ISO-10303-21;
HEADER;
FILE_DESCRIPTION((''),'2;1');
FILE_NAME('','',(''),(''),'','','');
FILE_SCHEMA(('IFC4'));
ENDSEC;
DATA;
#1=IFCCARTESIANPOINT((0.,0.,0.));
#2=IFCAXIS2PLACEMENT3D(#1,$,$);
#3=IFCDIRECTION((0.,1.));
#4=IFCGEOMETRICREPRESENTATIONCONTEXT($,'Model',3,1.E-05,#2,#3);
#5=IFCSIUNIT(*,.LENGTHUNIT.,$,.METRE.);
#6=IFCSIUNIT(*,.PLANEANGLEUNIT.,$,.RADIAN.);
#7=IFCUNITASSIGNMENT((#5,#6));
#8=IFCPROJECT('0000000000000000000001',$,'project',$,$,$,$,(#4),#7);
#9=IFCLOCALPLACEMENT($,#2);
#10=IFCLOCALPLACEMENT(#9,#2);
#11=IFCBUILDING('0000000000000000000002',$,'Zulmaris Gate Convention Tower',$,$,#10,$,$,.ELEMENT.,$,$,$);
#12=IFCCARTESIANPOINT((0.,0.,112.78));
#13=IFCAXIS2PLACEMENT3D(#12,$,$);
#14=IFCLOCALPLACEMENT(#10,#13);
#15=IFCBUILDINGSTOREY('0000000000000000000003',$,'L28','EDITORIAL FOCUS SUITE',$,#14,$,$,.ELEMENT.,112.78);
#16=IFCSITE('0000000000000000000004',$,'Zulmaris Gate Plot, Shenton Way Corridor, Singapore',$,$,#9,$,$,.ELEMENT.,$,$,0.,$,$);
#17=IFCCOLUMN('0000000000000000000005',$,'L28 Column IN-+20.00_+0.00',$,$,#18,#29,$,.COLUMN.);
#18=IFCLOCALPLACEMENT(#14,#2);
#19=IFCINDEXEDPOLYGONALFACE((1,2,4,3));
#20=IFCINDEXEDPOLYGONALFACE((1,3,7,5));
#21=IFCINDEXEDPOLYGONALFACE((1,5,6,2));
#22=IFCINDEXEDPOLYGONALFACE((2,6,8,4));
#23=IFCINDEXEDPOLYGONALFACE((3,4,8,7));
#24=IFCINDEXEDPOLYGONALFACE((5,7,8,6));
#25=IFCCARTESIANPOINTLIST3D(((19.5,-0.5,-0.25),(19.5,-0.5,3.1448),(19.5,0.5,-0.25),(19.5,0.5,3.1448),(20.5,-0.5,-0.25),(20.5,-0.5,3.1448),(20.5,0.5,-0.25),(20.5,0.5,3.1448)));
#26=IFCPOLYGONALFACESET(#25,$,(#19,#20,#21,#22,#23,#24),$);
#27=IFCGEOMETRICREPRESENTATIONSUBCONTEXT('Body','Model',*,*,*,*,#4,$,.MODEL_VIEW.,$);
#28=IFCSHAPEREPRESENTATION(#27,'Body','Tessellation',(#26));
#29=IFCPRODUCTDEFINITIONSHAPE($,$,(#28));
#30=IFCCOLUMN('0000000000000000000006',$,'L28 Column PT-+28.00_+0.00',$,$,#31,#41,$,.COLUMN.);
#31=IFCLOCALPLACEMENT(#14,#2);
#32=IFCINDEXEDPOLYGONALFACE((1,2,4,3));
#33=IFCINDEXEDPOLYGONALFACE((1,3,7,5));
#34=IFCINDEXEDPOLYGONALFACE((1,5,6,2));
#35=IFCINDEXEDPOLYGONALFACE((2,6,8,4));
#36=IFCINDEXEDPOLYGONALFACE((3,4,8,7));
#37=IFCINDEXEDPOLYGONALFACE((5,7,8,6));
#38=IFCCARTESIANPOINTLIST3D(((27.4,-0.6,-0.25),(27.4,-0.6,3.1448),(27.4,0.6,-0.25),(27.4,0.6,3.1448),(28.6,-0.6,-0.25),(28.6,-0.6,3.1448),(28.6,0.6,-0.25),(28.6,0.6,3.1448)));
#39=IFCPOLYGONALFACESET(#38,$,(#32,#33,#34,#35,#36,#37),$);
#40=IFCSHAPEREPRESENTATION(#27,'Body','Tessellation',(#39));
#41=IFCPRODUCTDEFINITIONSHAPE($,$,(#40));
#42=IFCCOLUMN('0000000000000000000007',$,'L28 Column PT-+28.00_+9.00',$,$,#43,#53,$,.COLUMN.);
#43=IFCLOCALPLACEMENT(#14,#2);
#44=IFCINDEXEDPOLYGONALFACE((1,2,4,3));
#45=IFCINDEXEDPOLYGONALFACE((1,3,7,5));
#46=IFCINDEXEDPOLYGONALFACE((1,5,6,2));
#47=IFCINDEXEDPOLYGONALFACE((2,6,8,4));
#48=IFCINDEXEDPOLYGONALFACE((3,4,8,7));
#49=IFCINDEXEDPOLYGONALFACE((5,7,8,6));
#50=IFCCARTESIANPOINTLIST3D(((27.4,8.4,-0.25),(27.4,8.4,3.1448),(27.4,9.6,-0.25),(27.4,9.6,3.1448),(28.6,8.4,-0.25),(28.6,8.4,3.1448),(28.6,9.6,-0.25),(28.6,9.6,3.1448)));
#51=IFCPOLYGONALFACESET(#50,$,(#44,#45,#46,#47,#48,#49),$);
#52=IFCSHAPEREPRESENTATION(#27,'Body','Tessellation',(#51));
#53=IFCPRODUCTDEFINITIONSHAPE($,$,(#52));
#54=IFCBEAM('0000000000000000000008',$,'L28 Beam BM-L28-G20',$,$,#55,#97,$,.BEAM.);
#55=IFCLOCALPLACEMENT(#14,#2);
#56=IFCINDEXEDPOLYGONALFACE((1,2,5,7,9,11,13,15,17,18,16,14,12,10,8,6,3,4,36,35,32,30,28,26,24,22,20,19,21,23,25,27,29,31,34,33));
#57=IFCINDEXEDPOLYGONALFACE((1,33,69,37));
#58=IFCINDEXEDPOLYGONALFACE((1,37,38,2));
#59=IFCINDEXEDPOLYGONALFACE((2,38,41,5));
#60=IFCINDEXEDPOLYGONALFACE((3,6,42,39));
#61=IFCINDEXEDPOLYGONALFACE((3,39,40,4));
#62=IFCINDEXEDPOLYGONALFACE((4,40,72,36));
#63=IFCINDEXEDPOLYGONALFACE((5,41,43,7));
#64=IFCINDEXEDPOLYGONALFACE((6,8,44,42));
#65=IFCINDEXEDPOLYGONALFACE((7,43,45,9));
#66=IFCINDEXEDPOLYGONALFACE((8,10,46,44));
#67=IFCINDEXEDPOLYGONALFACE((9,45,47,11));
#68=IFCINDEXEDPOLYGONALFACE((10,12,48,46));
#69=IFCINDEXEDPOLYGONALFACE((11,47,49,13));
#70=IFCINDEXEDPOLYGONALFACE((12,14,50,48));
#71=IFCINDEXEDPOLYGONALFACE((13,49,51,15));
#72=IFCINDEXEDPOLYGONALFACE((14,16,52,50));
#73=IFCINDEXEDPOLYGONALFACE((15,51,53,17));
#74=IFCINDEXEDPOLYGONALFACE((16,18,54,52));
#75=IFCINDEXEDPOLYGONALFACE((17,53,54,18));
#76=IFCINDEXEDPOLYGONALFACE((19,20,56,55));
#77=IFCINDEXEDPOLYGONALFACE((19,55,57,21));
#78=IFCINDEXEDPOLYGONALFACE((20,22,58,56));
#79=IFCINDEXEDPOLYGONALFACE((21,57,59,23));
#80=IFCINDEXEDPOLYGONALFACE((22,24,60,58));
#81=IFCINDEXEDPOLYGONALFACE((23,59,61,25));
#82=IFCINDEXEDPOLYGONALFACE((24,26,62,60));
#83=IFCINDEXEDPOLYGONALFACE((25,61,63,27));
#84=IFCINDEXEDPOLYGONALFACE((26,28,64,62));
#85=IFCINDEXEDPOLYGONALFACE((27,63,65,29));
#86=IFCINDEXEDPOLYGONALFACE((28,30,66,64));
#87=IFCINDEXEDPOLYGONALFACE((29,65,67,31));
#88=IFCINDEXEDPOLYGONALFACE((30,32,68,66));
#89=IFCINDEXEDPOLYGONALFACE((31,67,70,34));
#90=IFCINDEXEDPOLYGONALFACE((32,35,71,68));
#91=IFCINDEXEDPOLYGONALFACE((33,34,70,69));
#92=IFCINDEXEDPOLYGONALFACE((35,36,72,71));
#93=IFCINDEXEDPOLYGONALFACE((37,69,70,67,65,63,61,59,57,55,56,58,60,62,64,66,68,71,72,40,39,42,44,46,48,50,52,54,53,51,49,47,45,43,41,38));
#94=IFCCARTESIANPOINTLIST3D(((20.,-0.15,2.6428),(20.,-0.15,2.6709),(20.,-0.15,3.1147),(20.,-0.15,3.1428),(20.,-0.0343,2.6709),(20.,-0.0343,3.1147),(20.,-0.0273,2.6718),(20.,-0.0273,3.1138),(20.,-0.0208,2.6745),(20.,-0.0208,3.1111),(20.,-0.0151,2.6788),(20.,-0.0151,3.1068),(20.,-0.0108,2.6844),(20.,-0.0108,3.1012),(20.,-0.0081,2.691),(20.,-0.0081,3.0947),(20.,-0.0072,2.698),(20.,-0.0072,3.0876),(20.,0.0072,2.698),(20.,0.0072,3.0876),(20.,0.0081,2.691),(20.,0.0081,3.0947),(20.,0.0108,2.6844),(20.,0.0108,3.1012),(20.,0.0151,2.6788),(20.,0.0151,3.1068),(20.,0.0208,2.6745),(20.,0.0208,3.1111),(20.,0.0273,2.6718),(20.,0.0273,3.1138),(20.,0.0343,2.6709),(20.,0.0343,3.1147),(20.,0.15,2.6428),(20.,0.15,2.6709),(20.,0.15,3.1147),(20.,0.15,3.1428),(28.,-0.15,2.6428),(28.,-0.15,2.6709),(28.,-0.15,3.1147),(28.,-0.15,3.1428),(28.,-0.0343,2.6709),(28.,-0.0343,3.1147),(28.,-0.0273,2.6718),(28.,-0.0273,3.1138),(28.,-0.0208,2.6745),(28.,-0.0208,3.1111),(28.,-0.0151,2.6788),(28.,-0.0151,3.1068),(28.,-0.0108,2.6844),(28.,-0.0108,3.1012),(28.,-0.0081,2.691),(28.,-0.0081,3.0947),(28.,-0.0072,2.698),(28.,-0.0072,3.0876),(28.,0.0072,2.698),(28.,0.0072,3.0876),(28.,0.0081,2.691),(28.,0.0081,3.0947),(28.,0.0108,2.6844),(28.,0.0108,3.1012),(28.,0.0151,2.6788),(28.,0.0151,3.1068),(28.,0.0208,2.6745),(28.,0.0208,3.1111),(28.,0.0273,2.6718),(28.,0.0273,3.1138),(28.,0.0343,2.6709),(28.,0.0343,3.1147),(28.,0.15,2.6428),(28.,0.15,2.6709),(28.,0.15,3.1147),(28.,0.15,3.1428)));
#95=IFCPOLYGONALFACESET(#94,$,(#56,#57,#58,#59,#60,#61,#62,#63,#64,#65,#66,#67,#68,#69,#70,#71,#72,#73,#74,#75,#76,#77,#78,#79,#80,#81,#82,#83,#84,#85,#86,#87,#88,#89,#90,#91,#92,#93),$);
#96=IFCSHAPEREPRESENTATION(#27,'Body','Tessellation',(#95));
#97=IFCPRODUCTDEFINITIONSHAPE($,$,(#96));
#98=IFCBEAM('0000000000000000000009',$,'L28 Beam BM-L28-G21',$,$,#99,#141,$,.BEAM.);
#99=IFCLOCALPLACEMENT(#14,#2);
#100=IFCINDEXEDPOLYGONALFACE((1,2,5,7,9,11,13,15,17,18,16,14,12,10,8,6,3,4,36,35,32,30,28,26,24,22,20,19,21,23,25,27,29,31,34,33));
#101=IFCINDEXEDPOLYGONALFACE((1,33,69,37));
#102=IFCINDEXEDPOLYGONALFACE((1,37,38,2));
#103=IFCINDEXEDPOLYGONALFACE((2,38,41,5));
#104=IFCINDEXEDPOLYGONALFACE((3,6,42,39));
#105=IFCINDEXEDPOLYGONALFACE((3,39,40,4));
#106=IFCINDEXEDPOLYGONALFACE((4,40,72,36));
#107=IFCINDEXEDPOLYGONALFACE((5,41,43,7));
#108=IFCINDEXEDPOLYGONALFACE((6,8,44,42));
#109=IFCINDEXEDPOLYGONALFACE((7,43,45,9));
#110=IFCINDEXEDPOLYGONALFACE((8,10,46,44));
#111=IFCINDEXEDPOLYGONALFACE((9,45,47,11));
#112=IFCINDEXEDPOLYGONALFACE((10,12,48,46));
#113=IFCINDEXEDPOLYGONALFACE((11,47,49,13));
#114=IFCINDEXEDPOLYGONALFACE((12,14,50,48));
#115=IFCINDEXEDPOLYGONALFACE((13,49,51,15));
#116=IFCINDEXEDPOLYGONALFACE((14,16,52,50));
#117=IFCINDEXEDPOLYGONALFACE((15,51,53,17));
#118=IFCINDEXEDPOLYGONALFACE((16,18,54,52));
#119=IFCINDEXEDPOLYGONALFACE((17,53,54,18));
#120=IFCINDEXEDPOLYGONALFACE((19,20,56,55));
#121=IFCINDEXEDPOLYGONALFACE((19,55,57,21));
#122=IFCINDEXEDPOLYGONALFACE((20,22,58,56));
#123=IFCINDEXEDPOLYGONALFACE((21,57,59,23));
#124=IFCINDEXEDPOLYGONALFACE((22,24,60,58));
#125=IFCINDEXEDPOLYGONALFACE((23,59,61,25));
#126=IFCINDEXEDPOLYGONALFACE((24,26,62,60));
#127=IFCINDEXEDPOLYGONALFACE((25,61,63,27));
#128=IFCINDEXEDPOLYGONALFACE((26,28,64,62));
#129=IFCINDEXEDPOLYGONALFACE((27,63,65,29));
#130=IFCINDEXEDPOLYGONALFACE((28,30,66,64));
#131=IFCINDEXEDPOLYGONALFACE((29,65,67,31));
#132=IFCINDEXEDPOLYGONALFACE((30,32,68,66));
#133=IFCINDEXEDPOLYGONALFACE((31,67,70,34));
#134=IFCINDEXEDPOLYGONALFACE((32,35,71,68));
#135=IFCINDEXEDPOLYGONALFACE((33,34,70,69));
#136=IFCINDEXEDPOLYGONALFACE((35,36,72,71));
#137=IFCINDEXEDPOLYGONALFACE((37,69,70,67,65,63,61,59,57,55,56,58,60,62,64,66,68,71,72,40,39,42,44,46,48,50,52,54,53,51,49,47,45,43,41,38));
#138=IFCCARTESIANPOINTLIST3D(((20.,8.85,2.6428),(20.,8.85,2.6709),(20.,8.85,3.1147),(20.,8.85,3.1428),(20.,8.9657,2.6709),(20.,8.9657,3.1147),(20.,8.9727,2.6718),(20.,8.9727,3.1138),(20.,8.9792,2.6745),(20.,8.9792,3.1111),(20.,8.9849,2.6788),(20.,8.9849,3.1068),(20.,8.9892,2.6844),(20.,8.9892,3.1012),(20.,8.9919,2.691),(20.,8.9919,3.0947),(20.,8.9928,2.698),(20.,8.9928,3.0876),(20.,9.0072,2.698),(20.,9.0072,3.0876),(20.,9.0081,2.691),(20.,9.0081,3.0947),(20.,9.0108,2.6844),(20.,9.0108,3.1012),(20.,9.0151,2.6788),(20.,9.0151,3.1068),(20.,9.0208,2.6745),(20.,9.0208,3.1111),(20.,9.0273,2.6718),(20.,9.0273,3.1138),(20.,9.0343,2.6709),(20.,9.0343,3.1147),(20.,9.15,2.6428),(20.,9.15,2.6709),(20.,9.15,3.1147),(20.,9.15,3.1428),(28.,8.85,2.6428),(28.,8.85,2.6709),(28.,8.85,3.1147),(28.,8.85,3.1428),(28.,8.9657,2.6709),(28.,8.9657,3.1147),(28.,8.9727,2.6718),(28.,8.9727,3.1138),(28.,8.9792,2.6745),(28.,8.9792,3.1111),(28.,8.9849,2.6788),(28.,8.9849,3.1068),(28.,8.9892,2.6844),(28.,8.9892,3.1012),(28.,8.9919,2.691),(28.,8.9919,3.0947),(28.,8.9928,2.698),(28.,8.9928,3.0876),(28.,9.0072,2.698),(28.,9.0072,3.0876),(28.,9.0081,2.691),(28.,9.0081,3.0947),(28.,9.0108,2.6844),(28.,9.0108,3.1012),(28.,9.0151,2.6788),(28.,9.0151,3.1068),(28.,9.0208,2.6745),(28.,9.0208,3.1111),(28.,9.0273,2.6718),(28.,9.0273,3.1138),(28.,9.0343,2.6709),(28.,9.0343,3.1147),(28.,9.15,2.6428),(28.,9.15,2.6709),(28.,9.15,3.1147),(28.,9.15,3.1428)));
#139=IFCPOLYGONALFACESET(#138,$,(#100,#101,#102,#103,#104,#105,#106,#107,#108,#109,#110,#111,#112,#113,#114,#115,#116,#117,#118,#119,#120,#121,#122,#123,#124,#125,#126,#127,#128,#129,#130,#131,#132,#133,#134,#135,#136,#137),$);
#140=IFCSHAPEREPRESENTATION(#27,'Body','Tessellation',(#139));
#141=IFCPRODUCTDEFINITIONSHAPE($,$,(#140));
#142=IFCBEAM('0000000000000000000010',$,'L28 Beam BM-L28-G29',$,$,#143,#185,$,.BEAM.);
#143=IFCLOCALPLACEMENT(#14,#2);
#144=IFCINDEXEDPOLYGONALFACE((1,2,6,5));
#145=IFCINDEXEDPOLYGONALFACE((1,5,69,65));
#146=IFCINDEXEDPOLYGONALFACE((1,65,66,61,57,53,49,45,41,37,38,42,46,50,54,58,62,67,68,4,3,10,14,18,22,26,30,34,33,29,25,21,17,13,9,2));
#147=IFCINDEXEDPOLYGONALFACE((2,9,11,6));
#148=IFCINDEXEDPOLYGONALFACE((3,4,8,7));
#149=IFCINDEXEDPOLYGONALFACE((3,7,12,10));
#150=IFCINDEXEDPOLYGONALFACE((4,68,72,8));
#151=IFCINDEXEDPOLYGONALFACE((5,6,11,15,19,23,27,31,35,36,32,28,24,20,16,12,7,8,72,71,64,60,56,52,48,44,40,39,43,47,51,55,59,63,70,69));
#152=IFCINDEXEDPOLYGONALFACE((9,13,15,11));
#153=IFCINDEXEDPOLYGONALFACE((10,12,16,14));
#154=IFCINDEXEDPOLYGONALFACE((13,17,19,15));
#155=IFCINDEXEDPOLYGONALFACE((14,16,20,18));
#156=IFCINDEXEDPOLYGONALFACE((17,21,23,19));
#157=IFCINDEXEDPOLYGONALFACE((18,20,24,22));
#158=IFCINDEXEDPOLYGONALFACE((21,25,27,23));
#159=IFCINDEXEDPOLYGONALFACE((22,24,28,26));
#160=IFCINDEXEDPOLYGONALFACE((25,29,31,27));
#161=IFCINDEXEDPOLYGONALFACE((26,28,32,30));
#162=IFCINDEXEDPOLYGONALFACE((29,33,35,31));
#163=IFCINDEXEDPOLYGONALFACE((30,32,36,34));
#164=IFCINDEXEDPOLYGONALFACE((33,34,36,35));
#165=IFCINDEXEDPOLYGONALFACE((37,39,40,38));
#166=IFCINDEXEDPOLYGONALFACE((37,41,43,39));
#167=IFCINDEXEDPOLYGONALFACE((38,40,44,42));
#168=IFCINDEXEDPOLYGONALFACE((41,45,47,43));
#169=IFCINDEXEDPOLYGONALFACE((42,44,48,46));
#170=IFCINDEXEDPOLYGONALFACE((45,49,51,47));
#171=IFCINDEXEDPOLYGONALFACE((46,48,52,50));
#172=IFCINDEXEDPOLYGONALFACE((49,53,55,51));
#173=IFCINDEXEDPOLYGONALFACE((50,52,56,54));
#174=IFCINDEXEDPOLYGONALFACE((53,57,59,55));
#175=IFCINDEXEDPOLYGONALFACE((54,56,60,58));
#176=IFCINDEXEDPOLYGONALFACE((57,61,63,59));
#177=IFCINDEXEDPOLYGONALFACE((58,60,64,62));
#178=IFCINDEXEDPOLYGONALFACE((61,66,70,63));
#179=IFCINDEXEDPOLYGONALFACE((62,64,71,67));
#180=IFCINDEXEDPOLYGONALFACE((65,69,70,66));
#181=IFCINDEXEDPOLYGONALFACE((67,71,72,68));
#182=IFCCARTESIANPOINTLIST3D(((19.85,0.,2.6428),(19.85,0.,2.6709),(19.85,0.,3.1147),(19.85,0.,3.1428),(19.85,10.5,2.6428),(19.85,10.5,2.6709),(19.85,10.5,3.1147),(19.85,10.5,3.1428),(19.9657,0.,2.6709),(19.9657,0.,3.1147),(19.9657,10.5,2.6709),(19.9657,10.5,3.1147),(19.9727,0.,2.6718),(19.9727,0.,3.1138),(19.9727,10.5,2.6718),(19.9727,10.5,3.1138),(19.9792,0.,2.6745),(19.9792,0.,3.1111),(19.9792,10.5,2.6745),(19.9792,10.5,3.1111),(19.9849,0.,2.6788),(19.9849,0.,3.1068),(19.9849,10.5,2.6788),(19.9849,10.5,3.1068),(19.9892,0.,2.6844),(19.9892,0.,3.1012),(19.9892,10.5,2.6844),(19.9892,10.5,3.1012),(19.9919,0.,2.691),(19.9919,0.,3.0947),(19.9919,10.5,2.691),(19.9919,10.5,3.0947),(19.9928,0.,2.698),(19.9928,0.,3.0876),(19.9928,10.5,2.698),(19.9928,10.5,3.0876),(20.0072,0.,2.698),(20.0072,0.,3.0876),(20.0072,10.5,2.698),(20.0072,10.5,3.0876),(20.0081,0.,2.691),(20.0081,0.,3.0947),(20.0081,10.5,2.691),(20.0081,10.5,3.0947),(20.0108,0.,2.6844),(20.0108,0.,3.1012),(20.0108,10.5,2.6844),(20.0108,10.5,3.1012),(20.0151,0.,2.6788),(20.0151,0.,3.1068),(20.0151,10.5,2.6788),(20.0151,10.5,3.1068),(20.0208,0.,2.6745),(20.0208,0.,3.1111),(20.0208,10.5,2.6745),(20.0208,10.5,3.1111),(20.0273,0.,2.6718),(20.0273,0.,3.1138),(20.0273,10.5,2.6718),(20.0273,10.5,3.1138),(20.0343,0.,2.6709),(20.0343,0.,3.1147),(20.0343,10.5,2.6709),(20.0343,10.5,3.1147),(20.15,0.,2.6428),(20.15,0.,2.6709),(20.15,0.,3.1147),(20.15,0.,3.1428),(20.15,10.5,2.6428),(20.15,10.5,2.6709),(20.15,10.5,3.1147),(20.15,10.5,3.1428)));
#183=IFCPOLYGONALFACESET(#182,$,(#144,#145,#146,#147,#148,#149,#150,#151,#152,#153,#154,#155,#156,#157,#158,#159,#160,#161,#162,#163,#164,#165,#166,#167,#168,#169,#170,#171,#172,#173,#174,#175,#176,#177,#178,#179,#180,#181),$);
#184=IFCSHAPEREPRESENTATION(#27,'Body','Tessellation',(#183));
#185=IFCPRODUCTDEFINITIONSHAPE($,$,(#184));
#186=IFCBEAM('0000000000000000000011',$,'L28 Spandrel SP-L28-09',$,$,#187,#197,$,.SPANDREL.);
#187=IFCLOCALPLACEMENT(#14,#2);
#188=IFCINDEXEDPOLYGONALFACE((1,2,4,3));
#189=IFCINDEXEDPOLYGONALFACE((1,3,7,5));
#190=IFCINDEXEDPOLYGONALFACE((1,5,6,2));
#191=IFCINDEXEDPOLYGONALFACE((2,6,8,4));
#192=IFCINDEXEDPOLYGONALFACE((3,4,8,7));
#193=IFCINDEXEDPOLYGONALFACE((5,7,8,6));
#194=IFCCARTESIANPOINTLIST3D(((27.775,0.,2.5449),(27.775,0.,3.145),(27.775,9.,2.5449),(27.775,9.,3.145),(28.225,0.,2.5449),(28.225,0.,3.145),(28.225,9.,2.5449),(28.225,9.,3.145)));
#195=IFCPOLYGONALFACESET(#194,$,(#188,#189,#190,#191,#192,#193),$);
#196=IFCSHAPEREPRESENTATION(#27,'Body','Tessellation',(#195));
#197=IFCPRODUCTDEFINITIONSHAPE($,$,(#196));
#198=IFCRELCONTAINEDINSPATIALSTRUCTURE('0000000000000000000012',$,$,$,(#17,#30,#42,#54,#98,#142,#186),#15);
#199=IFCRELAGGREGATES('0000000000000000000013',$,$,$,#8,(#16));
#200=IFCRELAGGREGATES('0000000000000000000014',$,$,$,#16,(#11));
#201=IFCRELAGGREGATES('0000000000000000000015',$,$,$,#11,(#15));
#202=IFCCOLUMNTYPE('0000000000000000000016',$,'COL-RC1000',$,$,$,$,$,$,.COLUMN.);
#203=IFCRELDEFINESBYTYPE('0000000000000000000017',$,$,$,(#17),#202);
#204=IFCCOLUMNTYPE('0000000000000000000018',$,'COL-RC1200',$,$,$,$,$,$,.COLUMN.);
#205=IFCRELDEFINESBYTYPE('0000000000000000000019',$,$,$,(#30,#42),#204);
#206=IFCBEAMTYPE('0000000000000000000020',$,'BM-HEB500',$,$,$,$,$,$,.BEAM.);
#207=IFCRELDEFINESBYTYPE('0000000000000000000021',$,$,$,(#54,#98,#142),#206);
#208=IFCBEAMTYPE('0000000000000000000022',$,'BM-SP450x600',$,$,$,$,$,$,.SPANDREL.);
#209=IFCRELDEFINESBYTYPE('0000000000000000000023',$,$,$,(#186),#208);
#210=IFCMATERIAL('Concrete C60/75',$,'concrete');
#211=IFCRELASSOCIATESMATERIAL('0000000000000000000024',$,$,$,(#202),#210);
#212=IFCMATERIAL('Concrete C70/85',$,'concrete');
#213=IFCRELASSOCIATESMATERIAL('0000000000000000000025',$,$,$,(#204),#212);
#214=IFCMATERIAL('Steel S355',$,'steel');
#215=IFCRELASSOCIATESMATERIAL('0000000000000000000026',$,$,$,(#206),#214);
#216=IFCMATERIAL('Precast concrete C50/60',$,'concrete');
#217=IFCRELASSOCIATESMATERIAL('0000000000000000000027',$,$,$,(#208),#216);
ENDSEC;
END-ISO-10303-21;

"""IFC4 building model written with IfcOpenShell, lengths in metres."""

from ifc_helpers import new_model, si_unit, direction, frame, origin, origin_2d, place, context, subcontext, project, spatial, rectangle, i_section, extrude, material, material_profile, profile_set, type_object, element, save


model = new_model("IFC4")

# Units and contexts
model_context = context("Model", 3, precision=1e-05, world=origin(), true_north=direction((0.0, 1.0)))
body_context = subcontext(model_context, "Body", "Model", "MODEL_VIEW")
ifc_project = project(units=[si_unit("LENGTHUNIT", "METRE"), si_unit("PLANEANGLEUNIT", "RADIAN")], contexts=[model_context])

# Site, building, storey
site_placement = place(None, origin())
site = spatial("IfcSite", under=ifc_project, at=site_placement, Name="Zulmaris Gate Plot, Shenton Way Corridor, Singapore", CompositionType="ELEMENT", RefElevation=0.0)
building_placement = place(site_placement, origin())
building = spatial("IfcBuilding", under=site, at=building_placement, Name="Zulmaris Gate Convention Tower", CompositionType="ELEMENT")
storey_placement = place(building_placement, frame((0.0, 0.0, 112.78)))
storey = spatial("IfcBuildingStorey", under=building, at=storey_placement, Name="L28", Description="EDITORIAL FOCUS SUITE", CompositionType="ELEMENT", Elevation=112.78)

# Columns
ifc_material_1 = material(Name="Concrete C60/75", Category="concrete")
ifc_material_profile_1 = material_profile(ifc_material_1, rectangle(XDim=1.0, YDim=1.0, at=origin_2d()), Name="RC COL 1000x1000")
ifc_profile_set_1 = profile_set([ifc_material_profile_1], Name="Concrete C60/75")
column_type_1 = type_object("IfcColumnType", Name="COL-RC1000", PredefinedType="COLUMN", material=ifc_profile_set_1)
column_placement = place(storey_placement, frame((20.0, 0.0, -0.25), z_axis=(0.0, 0.0, 1.0), x_axis=(1.0, 0.0, 0.0)))
element("IfcColumn", 1, at=column_placement, inside=storey, type_object=column_type_1, Name="L28 Column IN-+20.00_+0.00", PredefinedType="COLUMN", context=body_context, shape_type="SweptSolid", body=[
    extrude(rectangle(XDim=1.0, YDim=1.0, at=origin_2d()), origin(), (0.0, 0.0, 1.0), 3.3948),
])
ifc_material_2 = material(Name="Concrete C70/85", Category="concrete")
ifc_material_profile_2 = material_profile(ifc_material_2, rectangle(XDim=1.2, YDim=1.2, at=origin_2d()), Name="RC COL 1200x1200")
ifc_profile_set_2 = profile_set([ifc_material_profile_2], Name="Concrete C70/85")
column_type_2 = type_object("IfcColumnType", Name="COL-RC1200", PredefinedType="COLUMN", material=ifc_profile_set_2)
for number, where, z_axis, x_axis, name in (
    (2, (28.0, 0.0, -0.25), (0.0, 0.0, 1.0), (1.0, 0.0, 0.0), "L28 Column PT-+28.00_+0.00"),
    (3, (28.0, 9.0, -0.25), (0.0, 0.0, 1.0), (1.0, 0.0, 0.0), "L28 Column PT-+28.00_+9.00"),
):
    element("IfcColumn", number, at=place(storey_placement, frame(where, z_axis=z_axis, x_axis=x_axis)), inside=storey, type_object=column_type_2, Name=name, PredefinedType="COLUMN", context=body_context, shape_type="SweptSolid", body=[
        extrude(rectangle(XDim=1.2, YDim=1.2, at=origin_2d()), origin(), (0.0, 0.0, 1.0), 3.3948),
    ])

# Beams
ifc_material_3 = material(Name="Steel S355", Category="steel")
ifc_material_profile_3 = material_profile(ifc_material_3, i_section(OverallWidth=0.3, OverallDepth=0.5, WebThickness=0.0144, FlangeThickness=0.0281, FilletRadius=0.0271, at=origin_2d()), Name="HEB 500")
ifc_profile_set_3 = profile_set([ifc_material_profile_3], Name="Steel S355")
beam_type_1 = type_object("IfcBeamType", Name="BM-HEB500", PredefinedType="BEAM", material=ifc_profile_set_3)
for number, where, z_axis, x_axis, name in (
    (4, (20.0, 0.0, 2.8928), (1.0, 0.0, 0.0), (0.0, 1.0, 0.0), "L28 Beam BM-L28-G20"),
    (5, (20.0, 9.0, 2.8928), (1.0, 0.0, 0.0), (0.0, 1.0, 0.0), "L28 Beam BM-L28-G21"),
):
    element("IfcBeam", number, at=place(storey_placement, frame(where, z_axis=z_axis, x_axis=x_axis)), inside=storey, type_object=beam_type_1, Name=name, PredefinedType="BEAM", context=body_context, shape_type="SweptSolid", body=[
        extrude(i_section(OverallWidth=0.3, OverallDepth=0.5, WebThickness=0.0144, FlangeThickness=0.0281, FilletRadius=0.0271, at=origin_2d()), origin(), (0.0, 0.0, 1.0), 8.0),
    ])
beam_1_placement = place(storey_placement, frame((20.0, 0.0, 2.8928), z_axis=(0.0, 1.0, 0.0), x_axis=(-1.0, 0.0, 0.0)))
element("IfcBeam", 6, at=beam_1_placement, inside=storey, type_object=beam_type_1, Name="L28 Beam BM-L28-G29", PredefinedType="BEAM", context=body_context, shape_type="SweptSolid", body=[
    extrude(i_section(OverallWidth=0.3, OverallDepth=0.5, WebThickness=0.0144, FlangeThickness=0.0281, FilletRadius=0.0271, at=origin_2d()), origin(), (0.0, 0.0, 1.0), 10.5),
])
ifc_material_4 = material(Name="Precast concrete C50/60", Category="concrete")
ifc_material_profile_4 = material_profile(ifc_material_4, rectangle(XDim=0.45, YDim=0.6001, at=origin_2d()), Name="RC SPANDREL 450x600")
ifc_profile_set_4 = profile_set([ifc_material_profile_4], Name="Precast concrete C50/60")
beam_type_2 = type_object("IfcBeamType", Name="BM-SP450x600", PredefinedType="SPANDREL", material=ifc_profile_set_4)
beam_2_placement = place(storey_placement, frame((28.0, 0.0, 2.845), z_axis=(0.0, 1.0, 0.0), x_axis=(-1.0, 0.0, 0.0)))
element("IfcBeam", 7, at=beam_2_placement, inside=storey, type_object=beam_type_2, Name="L28 Spandrel SP-L28-09", PredefinedType="SPANDREL", context=body_context, shape_type="SweptSolid", body=[
    extrude(rectangle(XDim=0.45, YDim=0.6001, at=origin_2d()), origin(), (0.0, 0.0, 1.0), 9.0),
])

save(model, "model.ifc")
